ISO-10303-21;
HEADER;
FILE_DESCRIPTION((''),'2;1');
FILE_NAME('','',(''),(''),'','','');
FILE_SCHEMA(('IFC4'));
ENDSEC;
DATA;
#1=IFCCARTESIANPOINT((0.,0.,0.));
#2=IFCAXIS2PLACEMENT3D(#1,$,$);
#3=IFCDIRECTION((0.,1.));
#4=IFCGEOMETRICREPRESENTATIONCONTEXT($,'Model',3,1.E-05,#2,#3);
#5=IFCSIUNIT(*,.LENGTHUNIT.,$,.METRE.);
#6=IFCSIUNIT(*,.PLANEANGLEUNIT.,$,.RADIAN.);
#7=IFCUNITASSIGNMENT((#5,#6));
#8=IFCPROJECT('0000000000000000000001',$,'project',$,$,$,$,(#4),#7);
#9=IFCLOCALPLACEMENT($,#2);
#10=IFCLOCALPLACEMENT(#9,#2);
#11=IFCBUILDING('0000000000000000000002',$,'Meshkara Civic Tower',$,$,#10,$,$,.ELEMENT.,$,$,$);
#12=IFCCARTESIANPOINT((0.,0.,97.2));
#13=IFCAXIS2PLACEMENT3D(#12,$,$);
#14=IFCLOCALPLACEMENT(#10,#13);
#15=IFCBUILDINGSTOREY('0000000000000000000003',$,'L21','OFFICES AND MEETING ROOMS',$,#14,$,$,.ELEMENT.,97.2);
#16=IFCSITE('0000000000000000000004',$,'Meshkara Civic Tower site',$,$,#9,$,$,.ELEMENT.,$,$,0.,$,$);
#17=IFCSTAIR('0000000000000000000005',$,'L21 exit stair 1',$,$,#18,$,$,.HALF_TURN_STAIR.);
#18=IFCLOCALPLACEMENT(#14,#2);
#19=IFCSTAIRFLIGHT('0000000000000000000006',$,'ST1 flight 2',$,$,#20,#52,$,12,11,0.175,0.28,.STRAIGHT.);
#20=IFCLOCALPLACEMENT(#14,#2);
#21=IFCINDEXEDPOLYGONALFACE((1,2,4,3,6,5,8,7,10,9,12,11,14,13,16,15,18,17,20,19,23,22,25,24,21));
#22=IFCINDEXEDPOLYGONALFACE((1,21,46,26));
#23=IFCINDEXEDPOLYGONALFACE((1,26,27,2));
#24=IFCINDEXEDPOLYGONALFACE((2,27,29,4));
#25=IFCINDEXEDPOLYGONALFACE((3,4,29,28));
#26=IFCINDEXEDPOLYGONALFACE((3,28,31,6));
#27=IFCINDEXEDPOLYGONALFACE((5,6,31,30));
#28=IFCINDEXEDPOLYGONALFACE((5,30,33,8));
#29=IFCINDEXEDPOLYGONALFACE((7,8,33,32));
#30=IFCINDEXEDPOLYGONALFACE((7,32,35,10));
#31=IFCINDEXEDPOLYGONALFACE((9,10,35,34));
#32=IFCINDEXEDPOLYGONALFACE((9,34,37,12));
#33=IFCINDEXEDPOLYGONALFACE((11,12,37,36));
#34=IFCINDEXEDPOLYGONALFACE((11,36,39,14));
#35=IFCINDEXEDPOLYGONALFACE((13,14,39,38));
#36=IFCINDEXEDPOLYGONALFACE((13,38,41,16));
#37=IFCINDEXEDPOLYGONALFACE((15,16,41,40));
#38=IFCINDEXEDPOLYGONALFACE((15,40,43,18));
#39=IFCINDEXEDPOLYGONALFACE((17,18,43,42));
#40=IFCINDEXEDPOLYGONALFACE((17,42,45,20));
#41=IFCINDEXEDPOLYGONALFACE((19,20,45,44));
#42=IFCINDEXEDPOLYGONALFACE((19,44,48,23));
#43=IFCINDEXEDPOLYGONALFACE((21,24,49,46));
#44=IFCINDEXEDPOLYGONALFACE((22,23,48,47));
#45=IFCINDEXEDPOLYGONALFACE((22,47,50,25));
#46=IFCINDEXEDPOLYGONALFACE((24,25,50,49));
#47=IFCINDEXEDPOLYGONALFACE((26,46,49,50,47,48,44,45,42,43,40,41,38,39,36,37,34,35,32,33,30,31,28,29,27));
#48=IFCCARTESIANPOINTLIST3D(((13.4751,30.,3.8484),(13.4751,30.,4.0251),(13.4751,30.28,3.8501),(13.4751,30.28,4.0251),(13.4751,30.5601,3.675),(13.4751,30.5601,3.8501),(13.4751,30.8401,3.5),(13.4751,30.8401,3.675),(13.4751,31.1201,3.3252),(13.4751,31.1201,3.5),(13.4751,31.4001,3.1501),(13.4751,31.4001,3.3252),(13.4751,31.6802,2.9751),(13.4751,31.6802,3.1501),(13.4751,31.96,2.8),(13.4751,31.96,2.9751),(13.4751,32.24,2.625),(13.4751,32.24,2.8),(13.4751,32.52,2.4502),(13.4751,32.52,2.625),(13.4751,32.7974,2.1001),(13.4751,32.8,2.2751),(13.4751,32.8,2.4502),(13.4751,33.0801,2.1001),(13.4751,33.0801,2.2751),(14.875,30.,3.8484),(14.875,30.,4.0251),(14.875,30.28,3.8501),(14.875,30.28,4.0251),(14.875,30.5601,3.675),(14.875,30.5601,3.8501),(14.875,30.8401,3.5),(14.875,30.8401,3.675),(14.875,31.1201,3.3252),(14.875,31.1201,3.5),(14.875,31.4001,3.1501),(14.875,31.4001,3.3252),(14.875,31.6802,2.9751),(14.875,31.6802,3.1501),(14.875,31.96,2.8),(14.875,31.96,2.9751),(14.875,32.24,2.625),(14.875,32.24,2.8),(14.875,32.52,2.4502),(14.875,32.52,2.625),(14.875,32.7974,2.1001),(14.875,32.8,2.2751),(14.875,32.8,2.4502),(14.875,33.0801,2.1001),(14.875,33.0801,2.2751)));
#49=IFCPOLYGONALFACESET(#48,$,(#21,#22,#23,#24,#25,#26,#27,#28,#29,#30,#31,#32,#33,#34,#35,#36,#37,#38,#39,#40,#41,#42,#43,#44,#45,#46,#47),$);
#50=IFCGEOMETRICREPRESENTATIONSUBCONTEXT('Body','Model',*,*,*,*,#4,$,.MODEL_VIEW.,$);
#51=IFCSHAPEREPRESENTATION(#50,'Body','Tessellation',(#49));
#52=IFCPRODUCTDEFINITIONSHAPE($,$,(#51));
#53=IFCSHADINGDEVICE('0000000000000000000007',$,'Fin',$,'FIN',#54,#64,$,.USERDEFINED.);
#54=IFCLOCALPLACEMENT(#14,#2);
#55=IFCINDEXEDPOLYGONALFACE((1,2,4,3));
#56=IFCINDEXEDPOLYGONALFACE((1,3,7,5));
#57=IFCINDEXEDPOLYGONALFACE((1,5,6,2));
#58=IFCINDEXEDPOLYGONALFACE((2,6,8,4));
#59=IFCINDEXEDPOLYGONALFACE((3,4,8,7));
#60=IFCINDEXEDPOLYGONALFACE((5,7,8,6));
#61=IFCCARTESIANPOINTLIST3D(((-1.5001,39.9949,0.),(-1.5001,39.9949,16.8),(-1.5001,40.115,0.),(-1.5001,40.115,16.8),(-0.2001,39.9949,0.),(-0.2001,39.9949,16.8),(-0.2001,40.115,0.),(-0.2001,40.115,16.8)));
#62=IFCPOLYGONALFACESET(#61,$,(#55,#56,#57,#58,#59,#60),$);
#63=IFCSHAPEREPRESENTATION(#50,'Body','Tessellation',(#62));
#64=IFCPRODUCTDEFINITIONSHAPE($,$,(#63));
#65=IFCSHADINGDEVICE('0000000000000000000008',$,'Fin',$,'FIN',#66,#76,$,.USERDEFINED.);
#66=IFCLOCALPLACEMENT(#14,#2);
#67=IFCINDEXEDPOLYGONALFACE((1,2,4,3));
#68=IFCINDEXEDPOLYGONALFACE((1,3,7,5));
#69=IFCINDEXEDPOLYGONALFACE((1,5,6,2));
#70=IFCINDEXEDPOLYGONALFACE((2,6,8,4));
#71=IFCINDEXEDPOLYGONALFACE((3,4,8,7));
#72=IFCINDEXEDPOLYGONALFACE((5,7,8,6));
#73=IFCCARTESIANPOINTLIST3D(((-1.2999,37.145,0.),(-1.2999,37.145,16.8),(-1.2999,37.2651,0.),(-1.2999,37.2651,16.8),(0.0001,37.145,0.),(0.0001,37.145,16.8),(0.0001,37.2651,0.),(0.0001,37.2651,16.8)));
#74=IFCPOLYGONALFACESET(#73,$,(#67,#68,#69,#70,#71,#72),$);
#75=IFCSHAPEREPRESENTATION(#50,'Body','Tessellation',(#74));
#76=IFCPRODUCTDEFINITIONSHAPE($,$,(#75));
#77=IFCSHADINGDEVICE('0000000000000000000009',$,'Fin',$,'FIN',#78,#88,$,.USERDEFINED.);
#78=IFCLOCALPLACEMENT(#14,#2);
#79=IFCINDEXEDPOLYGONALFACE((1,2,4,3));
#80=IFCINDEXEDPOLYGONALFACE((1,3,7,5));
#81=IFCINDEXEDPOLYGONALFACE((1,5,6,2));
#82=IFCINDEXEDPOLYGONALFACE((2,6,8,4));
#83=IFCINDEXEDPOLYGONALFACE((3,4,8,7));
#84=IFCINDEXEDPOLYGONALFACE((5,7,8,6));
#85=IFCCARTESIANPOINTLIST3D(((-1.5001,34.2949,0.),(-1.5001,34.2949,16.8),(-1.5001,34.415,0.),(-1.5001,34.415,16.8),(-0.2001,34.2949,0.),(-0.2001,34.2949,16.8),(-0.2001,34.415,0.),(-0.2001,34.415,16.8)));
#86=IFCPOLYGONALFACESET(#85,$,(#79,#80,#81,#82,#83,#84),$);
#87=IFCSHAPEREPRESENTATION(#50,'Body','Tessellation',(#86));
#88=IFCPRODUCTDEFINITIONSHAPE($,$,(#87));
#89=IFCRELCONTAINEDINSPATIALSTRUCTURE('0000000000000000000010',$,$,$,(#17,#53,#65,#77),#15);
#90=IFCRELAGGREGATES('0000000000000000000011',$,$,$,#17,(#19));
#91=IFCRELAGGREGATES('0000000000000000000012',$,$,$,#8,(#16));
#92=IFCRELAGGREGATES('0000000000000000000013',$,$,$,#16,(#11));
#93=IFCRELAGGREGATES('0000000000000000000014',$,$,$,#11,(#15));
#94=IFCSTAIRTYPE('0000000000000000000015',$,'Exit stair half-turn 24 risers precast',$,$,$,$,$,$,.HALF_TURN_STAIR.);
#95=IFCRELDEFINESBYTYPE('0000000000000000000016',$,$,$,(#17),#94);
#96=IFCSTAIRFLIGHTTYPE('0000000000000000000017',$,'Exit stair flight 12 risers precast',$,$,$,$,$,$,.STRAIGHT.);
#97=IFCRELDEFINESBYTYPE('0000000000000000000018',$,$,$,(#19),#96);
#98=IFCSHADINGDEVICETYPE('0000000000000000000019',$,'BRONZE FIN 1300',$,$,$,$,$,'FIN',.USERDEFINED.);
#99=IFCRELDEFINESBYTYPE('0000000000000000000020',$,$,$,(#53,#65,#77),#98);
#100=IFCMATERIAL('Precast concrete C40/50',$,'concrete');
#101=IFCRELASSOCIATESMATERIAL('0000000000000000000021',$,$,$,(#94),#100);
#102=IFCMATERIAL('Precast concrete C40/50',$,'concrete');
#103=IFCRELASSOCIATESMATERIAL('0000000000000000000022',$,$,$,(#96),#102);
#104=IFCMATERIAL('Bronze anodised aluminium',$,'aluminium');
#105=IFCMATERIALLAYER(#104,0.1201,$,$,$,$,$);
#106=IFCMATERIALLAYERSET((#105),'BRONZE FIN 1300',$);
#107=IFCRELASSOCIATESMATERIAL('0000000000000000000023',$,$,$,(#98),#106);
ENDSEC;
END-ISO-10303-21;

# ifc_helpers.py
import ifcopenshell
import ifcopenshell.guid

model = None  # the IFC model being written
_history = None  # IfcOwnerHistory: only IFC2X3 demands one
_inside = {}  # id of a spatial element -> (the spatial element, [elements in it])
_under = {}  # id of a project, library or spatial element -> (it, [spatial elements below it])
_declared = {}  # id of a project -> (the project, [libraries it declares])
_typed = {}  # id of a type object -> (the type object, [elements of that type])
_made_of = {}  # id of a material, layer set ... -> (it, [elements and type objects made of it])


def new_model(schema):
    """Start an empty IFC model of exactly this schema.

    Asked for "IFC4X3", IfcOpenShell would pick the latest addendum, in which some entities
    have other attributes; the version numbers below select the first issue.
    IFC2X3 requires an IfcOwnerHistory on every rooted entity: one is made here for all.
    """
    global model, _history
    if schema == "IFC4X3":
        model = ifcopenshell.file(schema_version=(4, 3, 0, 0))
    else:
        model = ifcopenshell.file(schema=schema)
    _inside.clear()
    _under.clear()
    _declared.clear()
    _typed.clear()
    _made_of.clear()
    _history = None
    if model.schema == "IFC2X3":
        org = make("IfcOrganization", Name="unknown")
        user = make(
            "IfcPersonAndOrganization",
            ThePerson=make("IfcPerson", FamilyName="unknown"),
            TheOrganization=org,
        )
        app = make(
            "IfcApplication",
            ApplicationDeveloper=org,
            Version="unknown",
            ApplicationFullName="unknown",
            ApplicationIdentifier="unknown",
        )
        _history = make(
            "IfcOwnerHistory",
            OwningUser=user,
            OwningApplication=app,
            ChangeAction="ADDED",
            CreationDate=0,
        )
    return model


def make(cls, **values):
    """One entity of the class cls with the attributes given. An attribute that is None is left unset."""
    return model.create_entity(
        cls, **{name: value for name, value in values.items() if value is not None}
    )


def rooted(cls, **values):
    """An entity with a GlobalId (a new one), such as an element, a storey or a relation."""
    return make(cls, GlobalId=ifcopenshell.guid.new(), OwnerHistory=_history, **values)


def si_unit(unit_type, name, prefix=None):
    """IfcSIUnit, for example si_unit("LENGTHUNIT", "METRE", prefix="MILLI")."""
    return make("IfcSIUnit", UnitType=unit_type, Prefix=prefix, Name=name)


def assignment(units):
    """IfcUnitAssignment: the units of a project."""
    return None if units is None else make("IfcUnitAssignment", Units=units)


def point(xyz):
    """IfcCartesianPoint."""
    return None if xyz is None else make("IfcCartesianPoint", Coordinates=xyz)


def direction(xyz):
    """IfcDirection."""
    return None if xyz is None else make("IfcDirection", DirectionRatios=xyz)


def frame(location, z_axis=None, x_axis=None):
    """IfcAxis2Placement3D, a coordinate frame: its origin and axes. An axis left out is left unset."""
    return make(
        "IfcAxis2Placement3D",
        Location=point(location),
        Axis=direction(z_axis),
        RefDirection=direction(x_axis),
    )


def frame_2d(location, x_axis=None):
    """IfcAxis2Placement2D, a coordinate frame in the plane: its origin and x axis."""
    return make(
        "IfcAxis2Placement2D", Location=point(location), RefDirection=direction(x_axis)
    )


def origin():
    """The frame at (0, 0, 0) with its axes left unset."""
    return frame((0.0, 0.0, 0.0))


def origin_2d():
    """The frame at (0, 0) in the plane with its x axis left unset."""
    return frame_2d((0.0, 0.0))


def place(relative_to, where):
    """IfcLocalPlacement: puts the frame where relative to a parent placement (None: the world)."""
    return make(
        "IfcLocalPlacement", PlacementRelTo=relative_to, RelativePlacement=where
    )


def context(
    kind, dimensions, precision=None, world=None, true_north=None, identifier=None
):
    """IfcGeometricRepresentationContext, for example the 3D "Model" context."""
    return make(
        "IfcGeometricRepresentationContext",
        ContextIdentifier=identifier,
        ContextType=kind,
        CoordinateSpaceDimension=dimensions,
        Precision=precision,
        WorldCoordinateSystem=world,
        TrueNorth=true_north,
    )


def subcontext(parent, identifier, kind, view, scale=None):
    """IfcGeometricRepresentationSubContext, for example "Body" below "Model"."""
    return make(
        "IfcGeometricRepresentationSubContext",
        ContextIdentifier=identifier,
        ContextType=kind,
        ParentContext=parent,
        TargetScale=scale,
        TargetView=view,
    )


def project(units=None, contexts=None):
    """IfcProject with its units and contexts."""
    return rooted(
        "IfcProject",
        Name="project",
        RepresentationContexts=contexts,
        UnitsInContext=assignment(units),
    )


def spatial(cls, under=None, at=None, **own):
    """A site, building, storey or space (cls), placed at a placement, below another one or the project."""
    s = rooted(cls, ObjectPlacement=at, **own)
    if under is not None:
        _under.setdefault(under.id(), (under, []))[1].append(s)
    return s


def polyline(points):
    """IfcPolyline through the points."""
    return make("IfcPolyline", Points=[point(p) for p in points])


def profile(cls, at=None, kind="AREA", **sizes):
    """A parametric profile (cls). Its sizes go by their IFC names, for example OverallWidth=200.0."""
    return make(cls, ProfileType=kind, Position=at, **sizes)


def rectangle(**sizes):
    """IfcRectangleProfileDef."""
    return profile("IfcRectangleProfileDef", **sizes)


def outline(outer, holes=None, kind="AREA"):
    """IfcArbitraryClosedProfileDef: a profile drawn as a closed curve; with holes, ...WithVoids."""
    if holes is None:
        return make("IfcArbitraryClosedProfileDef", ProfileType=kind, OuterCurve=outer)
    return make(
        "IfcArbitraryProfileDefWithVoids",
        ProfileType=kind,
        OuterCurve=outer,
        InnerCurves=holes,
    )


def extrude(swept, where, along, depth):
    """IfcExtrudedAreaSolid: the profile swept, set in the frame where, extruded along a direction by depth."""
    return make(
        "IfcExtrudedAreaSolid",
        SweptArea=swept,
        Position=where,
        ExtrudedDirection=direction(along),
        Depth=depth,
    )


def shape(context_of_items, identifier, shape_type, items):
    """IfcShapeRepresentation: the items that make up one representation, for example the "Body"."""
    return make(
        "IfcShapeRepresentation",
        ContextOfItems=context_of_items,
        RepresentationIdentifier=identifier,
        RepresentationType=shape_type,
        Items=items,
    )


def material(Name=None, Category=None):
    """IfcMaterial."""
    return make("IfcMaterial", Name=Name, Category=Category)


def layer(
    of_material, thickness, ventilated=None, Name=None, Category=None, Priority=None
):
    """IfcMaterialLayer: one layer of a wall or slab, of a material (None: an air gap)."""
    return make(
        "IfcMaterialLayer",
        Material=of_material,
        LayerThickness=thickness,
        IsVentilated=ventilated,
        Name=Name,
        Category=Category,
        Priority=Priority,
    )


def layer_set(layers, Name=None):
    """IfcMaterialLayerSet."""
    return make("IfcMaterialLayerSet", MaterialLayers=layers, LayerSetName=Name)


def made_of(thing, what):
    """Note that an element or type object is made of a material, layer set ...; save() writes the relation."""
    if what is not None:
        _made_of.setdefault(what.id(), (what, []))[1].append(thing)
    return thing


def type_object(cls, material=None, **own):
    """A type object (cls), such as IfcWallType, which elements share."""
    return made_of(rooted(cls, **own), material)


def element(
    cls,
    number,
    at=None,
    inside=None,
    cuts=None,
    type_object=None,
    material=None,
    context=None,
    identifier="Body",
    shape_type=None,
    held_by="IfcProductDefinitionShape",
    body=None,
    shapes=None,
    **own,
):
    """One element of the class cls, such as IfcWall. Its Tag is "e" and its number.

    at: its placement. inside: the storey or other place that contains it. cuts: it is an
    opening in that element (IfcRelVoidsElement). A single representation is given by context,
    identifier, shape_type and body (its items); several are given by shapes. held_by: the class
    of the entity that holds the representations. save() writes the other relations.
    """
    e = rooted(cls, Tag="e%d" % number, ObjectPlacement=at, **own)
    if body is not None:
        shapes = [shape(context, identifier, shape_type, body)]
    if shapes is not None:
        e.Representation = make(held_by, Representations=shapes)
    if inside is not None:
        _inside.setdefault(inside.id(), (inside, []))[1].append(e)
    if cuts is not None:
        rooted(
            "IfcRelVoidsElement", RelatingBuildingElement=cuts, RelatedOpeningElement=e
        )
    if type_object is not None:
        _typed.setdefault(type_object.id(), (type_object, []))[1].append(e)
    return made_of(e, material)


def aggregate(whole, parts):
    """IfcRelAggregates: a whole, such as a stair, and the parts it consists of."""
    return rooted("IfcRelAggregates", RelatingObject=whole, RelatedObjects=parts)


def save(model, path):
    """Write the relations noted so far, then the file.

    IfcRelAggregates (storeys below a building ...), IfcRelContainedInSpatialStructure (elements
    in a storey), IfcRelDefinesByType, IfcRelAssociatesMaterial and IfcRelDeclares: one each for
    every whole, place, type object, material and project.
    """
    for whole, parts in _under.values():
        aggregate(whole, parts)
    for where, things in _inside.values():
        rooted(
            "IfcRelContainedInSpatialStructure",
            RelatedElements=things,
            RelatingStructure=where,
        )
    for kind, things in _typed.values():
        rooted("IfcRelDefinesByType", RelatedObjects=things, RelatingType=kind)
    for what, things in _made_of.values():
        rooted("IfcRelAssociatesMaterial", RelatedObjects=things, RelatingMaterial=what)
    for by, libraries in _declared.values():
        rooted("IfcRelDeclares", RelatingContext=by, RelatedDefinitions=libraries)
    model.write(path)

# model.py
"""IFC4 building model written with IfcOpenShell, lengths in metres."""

from ifc_helpers import new_model, si_unit, direction, frame, origin, origin_2d, place, context, subcontext, project, spatial, polyline, rectangle, outline, extrude, material, layer, layer_set, type_object, element, aggregate, save


model = new_model("IFC4")

# Units and contexts
model_context = context("Model", 3, precision=1e-05, world=origin(), true_north=direction((0.0, 1.0)))
body_context = subcontext(model_context, "Body", "Model", "MODEL_VIEW")
ifc_project = project(units=[si_unit("LENGTHUNIT", "METRE"), si_unit("PLANEANGLEUNIT", "RADIAN")], contexts=[model_context])

# Site, building, storey
site_placement = place(None, origin())
site = spatial("IfcSite", under=ifc_project, at=site_placement, Name="Meshkara Civic Tower site", CompositionType="ELEMENT", RefElevation=0.0)
building_placement = place(site_placement, origin())
building = spatial("IfcBuilding", under=site, at=building_placement, Name="Meshkara Civic Tower", CompositionType="ELEMENT")
storey_placement = place(building_placement, frame((0.0, 0.0, 97.2)))
storey = spatial("IfcBuildingStorey", under=building, at=storey_placement, Name="L21", Description="OFFICES AND MEETING ROOMS", CompositionType="ELEMENT", Elevation=97.2)

# Stair, stair flight
ifc_material_1 = material(Name="Precast concrete C40/50", Category="concrete")
stair_type = type_object("IfcStairType", Name="Exit stair half-turn 24 risers precast", PredefinedType="HALF_TURN_STAIR", material=ifc_material_1)
stair_placement = place(storey_placement, origin())
stair = element("IfcStair", 1, at=stair_placement, inside=storey, type_object=stair_type, Name="L21 exit stair 1", PredefinedType="HALF_TURN_STAIR")
ifc_material_2 = material(Name="Precast concrete C40/50", Category="concrete")
stair_flight_type = type_object("IfcStairFlightType", Name="Exit stair flight 12 risers precast", PredefinedType="STRAIGHT", material=ifc_material_2)
stair_flight_placement = place(storey_placement, frame((14.175, 33.0801, 2.1001), z_axis=(0.0, 0.0, 1.0), x_axis=(0.0, -1.0, 0.0)))
stair_flight = element("IfcStairFlight", 2, at=stair_flight_placement, type_object=stair_flight_type, Name="ST1 flight 2", NumberOfRisers=12, NumberOfTreads=11, PredefinedType="STRAIGHT", RiserHeight=0.175, TreadLength=0.28, context=body_context, shape_type="SweptSolid", body=[
    extrude(outline(polyline([(0.0, 0.0), (0.0, 0.175), (0.28, 0.175), (0.28, 0.3501), (0.5601, 0.3501), (0.5601, 0.5249), (0.8401, 0.5249), (0.8401, 0.7), (1.1201, 0.7), (1.1201, 0.875), (1.3999, 0.875), (1.3999, 1.05), (1.6799, 1.05), (1.6799, 1.2251), (1.96, 1.2251), (1.96, 1.3999), (2.24, 1.3999), (2.24, 1.575), (2.52, 1.575), (2.52, 1.75), (2.8, 1.75), (2.8, 1.925), (3.0801, 1.925), (3.0801, 2.1001), (3.0801, 1.7483), (0.2827, 0.0), (0.0, 0.0)])), frame((0.0, 0.7, 0.0), z_axis=(0.0, -1.0, 0.0), x_axis=(1.0, 0.0, 0.0)), (0.0, 0.0, 1.0), 1.3999),
])
aggregate(stair, [stair_flight])

# Shading devices
ifc_material_3 = material(Name="Bronze anodised aluminium", Category="aluminium")
ifc_layer_1 = layer(ifc_material_3, 0.1201)
ifc_layer_set_1 = layer_set([ifc_layer_1], Name="BRONZE FIN 1300")
shading_device_type = type_object("IfcShadingDeviceType", Name="BRONZE FIN 1300", ElementType="FIN", PredefinedType="USERDEFINED", material=ifc_layer_set_1)
for number, where, z_axis, x_axis, name in (
    (3, (-0.8501, 40.0549, 0.0), (0.0, 0.0, 1.0), (0.0, -1.0, 0.0), "Fin"),
    (4, (-0.6499, 37.2051, 0.0), (0.0, 0.0, 1.0), (0.0, -1.0, 0.0), "Fin"),
    (5, (-0.8501, 34.355, 0.0), (0.0, 0.0, 1.0), (0.0, -1.0, 0.0), "Fin"),
):
    element("IfcShadingDevice", number, at=place(storey_placement, frame(where, z_axis=z_axis, x_axis=x_axis)), inside=storey, type_object=shading_device_type, Name=name, ObjectType="FIN", PredefinedType="USERDEFINED", context=body_context, shape_type="SweptSolid", body=[
        extrude(rectangle(XDim=0.1201, YDim=1.3, at=origin_2d()), origin(), (0.0, 0.0, 1.0), 16.8),
    ])

save(model, "model.ifc")
